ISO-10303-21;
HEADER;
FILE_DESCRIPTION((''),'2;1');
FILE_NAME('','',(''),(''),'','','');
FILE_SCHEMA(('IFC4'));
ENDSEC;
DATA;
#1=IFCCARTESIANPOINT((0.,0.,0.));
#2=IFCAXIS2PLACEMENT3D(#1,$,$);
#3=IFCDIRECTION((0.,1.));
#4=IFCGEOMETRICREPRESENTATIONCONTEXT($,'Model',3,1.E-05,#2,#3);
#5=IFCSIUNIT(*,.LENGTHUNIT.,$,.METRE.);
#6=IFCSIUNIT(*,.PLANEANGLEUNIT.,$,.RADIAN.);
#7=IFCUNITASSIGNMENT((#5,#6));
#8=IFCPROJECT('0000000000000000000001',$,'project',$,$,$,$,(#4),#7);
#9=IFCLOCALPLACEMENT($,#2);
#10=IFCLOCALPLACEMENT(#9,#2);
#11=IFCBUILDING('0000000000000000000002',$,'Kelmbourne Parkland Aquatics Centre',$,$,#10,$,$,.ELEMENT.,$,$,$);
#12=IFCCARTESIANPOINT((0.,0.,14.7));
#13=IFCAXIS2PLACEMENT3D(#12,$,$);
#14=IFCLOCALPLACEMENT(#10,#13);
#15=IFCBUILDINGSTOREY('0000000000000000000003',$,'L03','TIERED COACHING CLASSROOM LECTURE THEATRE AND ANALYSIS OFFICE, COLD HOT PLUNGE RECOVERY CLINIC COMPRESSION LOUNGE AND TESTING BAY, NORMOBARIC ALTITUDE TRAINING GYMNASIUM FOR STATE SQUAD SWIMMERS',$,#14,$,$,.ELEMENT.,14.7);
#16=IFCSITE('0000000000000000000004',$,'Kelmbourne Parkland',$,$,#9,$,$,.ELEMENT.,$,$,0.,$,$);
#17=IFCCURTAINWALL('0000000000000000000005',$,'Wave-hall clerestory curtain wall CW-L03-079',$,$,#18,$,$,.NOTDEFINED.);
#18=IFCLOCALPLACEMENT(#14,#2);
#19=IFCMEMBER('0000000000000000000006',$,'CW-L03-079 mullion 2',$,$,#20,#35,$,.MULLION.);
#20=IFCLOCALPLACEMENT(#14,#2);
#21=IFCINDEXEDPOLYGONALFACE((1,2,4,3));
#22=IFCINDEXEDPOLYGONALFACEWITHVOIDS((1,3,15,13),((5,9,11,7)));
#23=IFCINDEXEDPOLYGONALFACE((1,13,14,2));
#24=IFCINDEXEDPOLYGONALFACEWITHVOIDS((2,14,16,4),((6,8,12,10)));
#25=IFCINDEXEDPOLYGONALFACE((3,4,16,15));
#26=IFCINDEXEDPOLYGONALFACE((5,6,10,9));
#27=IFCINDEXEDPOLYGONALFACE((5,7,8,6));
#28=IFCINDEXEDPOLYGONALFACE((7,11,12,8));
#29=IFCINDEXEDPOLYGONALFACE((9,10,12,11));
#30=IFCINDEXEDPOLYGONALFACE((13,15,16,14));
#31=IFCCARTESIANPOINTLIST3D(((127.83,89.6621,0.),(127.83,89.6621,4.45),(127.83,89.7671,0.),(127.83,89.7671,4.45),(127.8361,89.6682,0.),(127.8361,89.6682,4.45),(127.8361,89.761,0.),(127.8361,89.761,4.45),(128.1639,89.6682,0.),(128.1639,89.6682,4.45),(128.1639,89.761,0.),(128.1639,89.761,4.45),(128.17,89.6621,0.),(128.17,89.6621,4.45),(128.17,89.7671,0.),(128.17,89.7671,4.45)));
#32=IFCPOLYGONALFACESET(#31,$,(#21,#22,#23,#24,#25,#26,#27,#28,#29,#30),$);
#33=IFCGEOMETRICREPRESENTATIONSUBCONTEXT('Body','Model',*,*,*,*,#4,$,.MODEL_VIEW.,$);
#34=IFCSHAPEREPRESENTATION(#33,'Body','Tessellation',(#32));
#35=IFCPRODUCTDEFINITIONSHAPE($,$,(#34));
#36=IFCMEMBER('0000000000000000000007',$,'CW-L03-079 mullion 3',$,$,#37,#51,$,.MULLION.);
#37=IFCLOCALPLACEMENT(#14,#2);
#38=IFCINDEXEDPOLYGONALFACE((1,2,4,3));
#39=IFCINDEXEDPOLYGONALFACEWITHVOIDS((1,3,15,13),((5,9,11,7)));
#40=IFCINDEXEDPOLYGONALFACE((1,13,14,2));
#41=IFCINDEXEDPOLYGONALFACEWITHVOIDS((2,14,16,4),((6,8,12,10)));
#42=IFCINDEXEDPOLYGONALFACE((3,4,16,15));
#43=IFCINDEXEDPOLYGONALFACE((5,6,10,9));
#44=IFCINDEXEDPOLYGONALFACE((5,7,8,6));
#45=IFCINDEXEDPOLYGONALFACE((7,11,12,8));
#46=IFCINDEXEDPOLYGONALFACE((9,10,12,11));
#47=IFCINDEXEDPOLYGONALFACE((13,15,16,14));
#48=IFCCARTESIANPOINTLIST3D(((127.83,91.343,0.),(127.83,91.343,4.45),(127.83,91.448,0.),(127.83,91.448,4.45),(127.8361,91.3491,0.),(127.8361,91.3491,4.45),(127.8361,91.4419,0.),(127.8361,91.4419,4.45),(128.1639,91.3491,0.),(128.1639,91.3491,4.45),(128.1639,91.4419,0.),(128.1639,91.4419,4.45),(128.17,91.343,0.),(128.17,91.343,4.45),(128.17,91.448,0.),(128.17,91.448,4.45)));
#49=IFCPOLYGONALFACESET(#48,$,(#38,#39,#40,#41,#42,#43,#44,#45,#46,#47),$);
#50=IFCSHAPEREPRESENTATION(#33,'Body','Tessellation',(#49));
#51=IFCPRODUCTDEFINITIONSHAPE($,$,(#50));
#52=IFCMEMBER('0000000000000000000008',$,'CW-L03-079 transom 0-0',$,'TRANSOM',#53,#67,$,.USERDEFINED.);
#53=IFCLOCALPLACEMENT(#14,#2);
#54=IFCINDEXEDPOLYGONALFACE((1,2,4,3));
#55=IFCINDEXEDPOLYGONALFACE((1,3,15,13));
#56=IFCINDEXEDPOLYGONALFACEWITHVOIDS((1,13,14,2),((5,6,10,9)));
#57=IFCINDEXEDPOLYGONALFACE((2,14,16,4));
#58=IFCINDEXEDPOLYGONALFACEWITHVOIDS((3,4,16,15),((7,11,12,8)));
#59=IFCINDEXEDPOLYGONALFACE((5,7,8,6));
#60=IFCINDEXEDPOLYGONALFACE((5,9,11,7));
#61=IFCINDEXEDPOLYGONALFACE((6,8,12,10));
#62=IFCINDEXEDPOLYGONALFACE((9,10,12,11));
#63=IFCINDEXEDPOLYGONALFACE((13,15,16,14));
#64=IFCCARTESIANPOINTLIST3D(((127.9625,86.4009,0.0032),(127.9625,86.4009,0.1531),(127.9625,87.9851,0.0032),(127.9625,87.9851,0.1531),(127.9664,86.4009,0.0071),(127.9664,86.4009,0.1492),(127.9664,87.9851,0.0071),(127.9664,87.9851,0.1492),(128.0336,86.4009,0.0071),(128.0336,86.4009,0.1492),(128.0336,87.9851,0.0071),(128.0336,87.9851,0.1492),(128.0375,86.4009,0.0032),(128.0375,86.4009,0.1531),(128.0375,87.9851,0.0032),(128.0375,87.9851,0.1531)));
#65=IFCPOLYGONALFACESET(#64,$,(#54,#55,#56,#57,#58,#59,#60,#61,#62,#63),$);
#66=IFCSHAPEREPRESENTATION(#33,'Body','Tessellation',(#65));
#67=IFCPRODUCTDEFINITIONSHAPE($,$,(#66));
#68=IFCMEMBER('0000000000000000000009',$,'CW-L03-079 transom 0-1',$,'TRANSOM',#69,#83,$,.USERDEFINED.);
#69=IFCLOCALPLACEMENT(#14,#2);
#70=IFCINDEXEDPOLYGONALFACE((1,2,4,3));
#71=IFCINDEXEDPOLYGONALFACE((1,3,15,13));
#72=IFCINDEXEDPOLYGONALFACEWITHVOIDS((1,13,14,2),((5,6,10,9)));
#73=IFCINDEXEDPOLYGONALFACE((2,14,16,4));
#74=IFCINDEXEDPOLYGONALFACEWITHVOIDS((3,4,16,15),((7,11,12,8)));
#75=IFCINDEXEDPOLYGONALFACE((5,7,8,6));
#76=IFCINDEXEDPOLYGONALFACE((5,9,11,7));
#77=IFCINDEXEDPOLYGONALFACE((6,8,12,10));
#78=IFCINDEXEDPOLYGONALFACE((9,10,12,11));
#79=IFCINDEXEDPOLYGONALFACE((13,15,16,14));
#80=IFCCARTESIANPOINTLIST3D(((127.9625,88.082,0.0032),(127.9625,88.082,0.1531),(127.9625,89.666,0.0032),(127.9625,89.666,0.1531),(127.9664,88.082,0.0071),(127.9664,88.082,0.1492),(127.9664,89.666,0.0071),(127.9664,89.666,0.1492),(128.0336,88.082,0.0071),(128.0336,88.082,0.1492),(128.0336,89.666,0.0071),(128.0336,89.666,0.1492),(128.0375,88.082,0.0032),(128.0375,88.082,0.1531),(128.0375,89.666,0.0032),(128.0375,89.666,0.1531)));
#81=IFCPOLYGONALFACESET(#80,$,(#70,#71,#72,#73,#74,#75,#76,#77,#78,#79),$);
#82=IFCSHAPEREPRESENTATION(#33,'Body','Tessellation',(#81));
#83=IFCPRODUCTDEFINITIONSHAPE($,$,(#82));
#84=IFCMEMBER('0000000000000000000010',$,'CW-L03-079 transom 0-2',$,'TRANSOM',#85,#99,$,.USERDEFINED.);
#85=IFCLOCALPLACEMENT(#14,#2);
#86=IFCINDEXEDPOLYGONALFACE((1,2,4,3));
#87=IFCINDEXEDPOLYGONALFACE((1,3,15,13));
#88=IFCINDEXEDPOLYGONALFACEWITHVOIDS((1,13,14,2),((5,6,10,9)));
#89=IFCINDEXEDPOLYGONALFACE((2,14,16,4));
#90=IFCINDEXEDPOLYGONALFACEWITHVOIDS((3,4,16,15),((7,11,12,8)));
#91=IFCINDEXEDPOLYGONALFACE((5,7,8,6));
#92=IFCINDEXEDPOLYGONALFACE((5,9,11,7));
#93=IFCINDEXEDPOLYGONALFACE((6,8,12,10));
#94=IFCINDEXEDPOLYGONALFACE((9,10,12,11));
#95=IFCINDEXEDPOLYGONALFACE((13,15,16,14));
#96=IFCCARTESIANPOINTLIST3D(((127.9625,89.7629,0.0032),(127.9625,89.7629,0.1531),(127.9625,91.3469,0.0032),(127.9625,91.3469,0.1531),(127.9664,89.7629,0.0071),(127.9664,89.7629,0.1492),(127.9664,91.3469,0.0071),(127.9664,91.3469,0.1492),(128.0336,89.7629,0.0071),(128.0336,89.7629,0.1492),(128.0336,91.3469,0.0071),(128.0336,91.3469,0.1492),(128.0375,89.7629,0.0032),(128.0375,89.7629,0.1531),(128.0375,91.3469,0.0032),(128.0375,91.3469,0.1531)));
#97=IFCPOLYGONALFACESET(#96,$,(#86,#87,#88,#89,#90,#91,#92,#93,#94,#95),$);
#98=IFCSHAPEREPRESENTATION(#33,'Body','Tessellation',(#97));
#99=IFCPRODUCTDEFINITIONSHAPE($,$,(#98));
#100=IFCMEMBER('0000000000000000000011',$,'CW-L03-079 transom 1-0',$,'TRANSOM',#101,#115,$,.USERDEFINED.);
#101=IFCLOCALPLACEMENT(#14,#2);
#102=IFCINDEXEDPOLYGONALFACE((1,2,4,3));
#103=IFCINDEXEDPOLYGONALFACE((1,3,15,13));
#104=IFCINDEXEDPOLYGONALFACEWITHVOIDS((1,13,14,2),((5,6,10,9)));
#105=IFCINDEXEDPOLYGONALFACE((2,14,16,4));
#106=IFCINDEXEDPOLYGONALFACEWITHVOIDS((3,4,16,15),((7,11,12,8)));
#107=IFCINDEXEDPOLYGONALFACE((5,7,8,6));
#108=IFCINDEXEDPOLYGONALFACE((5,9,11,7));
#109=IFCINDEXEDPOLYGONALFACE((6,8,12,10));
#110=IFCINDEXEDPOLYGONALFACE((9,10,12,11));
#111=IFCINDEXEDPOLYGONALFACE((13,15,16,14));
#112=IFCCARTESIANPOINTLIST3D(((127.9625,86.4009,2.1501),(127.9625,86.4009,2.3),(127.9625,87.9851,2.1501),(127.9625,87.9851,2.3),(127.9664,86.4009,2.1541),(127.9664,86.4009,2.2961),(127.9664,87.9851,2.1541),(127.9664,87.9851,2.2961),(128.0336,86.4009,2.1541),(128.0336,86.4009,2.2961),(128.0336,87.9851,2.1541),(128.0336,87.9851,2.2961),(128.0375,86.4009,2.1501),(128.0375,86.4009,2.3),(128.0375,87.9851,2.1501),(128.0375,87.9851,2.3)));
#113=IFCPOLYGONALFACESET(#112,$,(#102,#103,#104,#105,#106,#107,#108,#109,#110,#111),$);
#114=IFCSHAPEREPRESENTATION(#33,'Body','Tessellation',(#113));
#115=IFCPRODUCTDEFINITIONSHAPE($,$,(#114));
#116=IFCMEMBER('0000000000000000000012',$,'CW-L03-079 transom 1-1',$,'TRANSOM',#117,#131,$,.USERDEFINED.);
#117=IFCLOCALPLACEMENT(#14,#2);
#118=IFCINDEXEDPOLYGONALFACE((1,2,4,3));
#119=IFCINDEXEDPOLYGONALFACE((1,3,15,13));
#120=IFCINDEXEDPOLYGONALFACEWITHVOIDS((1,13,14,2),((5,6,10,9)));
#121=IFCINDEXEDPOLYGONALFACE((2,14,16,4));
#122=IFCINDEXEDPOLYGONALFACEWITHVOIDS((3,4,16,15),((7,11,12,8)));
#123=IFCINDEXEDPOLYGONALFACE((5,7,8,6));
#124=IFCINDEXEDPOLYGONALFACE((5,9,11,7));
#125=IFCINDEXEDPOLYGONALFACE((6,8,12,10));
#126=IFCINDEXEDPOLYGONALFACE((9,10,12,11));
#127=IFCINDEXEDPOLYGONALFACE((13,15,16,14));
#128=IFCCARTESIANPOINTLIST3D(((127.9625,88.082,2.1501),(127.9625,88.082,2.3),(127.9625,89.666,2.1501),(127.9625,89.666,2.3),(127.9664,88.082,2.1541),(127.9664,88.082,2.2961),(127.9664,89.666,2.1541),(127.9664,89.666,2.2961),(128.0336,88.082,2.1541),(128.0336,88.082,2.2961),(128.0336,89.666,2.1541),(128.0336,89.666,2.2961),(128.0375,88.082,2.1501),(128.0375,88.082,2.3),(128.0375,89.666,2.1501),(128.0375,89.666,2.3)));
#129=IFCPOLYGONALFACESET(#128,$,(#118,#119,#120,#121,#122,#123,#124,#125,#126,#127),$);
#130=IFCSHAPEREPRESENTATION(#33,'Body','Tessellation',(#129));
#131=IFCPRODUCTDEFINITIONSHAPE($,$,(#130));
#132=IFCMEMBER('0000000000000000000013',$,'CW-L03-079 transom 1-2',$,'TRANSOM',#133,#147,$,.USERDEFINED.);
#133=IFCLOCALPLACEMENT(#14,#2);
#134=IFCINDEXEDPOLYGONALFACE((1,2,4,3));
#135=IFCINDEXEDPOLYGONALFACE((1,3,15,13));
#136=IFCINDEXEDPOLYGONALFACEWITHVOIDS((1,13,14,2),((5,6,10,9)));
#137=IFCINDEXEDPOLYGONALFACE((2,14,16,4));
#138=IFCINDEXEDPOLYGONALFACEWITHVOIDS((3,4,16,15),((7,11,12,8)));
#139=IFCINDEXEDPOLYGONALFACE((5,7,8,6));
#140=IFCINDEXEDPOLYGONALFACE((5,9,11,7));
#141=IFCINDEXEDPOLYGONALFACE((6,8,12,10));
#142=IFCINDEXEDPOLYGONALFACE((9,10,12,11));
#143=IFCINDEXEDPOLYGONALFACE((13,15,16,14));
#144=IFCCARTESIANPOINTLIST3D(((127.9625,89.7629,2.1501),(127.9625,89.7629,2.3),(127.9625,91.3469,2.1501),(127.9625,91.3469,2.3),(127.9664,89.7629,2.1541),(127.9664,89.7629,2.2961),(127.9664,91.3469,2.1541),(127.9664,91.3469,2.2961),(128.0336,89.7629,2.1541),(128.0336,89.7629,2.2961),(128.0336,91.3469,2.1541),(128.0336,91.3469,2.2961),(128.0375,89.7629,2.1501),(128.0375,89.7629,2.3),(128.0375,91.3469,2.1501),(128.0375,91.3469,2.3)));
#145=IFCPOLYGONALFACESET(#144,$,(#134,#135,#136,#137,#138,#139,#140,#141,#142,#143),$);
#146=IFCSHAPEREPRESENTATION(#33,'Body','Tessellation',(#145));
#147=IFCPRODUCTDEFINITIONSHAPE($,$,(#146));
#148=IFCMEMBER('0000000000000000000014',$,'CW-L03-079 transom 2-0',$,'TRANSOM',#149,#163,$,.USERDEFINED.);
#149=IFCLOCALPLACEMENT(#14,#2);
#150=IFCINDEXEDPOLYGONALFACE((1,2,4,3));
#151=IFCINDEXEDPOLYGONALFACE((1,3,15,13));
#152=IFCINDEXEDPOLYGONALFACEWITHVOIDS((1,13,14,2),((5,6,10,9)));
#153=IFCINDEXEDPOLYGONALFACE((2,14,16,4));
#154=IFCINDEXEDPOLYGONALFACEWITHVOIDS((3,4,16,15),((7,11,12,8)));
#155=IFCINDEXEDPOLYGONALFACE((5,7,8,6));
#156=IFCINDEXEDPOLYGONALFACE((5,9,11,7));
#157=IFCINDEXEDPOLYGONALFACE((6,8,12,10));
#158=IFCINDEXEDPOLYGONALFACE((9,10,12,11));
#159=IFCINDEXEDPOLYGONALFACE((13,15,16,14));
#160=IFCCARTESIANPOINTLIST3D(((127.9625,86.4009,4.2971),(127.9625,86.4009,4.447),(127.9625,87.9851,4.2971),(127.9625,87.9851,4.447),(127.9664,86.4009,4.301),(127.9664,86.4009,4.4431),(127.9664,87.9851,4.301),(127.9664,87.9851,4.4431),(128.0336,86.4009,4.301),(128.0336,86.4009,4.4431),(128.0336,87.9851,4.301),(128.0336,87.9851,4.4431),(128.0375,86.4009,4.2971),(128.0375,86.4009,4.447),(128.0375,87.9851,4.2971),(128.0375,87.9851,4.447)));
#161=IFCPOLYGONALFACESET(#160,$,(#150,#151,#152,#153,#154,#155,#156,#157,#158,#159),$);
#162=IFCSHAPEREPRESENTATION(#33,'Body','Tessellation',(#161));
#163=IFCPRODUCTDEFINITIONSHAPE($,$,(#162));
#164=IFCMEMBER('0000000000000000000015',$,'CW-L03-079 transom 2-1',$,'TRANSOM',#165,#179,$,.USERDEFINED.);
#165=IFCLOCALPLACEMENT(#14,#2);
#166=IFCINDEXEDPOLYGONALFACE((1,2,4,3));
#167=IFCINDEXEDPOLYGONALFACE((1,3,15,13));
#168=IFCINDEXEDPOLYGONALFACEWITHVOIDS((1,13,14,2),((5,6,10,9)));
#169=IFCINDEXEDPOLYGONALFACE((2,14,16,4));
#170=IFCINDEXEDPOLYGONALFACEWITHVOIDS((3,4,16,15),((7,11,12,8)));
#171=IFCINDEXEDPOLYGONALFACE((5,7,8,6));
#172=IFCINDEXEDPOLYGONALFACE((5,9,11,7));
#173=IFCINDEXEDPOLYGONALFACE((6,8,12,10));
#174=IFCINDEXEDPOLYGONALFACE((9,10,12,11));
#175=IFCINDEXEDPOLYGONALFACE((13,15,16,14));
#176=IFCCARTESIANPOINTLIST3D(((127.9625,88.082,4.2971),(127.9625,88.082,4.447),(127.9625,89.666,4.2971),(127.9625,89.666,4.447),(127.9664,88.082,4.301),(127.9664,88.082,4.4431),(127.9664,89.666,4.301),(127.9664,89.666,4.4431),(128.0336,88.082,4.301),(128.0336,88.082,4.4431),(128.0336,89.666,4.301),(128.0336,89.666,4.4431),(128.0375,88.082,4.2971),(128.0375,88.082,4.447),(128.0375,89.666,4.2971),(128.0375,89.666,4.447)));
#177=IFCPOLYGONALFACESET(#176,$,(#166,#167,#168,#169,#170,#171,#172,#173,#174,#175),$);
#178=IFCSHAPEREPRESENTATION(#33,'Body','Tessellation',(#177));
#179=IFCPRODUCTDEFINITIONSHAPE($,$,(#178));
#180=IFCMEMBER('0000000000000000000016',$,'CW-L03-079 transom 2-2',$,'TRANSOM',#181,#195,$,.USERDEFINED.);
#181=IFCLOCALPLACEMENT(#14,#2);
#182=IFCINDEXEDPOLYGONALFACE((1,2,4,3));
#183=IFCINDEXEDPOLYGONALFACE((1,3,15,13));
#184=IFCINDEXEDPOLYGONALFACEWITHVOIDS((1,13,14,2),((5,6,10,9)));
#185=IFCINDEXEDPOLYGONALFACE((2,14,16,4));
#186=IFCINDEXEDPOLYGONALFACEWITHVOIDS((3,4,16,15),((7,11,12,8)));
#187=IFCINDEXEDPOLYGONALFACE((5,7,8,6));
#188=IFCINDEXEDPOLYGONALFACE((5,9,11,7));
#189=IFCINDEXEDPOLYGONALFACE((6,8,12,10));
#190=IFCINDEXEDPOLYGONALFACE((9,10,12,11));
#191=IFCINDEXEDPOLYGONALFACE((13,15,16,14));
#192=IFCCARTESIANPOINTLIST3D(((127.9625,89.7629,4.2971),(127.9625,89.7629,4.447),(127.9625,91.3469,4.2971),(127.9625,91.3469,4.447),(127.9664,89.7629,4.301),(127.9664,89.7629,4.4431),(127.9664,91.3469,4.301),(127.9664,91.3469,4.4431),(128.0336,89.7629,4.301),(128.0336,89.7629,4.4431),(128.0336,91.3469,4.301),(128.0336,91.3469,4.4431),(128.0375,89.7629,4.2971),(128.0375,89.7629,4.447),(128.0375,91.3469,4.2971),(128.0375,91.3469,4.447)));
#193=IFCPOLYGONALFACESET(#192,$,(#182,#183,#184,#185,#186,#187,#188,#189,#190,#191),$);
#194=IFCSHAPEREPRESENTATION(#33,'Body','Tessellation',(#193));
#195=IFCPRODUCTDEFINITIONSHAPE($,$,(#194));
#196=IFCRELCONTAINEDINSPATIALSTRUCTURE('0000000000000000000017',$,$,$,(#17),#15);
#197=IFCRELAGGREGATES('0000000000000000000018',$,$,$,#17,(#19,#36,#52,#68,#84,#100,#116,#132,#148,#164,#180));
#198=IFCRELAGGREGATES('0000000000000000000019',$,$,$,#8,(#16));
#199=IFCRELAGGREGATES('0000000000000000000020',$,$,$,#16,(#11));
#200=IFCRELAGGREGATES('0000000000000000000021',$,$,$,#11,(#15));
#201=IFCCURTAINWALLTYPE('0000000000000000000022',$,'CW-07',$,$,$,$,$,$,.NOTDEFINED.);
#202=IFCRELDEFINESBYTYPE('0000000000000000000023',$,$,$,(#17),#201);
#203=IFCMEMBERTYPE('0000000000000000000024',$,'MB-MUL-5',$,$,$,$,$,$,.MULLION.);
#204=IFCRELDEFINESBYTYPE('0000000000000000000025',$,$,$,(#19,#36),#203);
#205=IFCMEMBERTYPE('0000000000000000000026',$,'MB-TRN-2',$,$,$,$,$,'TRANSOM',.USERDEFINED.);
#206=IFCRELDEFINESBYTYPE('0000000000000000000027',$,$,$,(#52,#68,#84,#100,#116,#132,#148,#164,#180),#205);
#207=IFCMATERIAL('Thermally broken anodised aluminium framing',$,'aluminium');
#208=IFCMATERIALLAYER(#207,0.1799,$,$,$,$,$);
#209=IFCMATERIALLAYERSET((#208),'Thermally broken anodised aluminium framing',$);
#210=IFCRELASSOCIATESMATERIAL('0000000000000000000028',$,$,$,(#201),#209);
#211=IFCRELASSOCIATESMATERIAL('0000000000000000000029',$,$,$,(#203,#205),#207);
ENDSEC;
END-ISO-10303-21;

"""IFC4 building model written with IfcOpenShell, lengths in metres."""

from ifc_helpers import new_model, si_unit, direction, frame, origin, origin_2d, place, context, subcontext, project, spatial, hollow_rectangle, extrude, material, layer, layer_set, material_profile, profile_set, type_object, element, aggregate, save


model = new_model("IFC4")

# Units and contexts
model_context = context("Model", 3, precision=1e-05, world=origin(), true_north=direction((0.0, 1.0)))
body_context = subcontext(model_context, "Body", "Model", "MODEL_VIEW")
ifc_project = project(units=[si_unit("LENGTHUNIT", "METRE"), si_unit("PLANEANGLEUNIT", "RADIAN")], contexts=[model_context])

# Site, building, storey
site_placement = place(None, origin())
site = spatial("IfcSite", under=ifc_project, at=site_placement, Name="Kelmbourne Parkland", CompositionType="ELEMENT", RefElevation=0.0)
building_placement = place(site_placement, origin())
building = spatial("IfcBuilding", under=site, at=building_placement, Name="Kelmbourne Parkland Aquatics Centre", CompositionType="ELEMENT")
storey_placement = place(building_placement, frame((0.0, 0.0, 14.7)))
storey = spatial("IfcBuildingStorey", under=building, at=storey_placement, Name="L03", Description="TIERED COACHING CLASSROOM LECTURE THEATRE AND ANALYSIS OFFICE, COLD HOT PLUNGE RECOVERY CLINIC COMPRESSION LOUNGE AND TESTING BAY, NORMOBARIC ALTITUDE TRAINING GYMNASIUM FOR STATE SQUAD SWIMMERS", CompositionType="ELEMENT", Elevation=14.7)

# Shared definitions
ifc_material_1 = material(Name="Thermally broken anodised aluminium framing", Category="aluminium")

# Curtain wall, members
ifc_layer_1 = layer(ifc_material_1, 0.1799)
ifc_layer_set_1 = layer_set([ifc_layer_1], Name="Thermally broken anodised aluminium framing")
curtain_wall_type_1 = type_object("IfcCurtainWallType", Name="CW-07", PredefinedType="NOTDEFINED", material=ifc_layer_set_1)
curtain_wall_1_placement = place(storey_placement, origin())
curtain_wall_1 = element("IfcCurtainWall", 1, at=curtain_wall_1_placement, inside=storey, type_object=curtain_wall_type_1, Name="Wave-hall clerestory curtain wall CW-L03-079", PredefinedType="NOTDEFINED")
ifc_material_profile_1 = material_profile(ifc_material_1, hollow_rectangle(XDim=0.105, YDim=0.3401, WallThickness=0.0061, at=origin_2d()), Name="CW-M 105x340")
ifc_profile_set_1 = profile_set([ifc_material_profile_1], Name="Thermally broken anodised aluminium framing")
member_type_1 = type_object("IfcMemberType", Name="MB-MUL-5", PredefinedType="MULLION", material=ifc_profile_set_1)
member_1_placement = place(storey_placement, frame((128.0, 89.7146, 0.0), z_axis=(0.0, 0.0, 1.0), x_axis=(0.0, 1.0, 0.0)))
member_1 = element("IfcMember", 2, at=member_1_placement, type_object=member_type_1, Name="CW-L03-079 mullion 2", PredefinedType="MULLION", context=body_context, shape_type="SweptSolid", body=[
    extrude(hollow_rectangle(XDim=0.105, YDim=0.3401, WallThickness=0.0061, at=origin_2d()), origin(), (0.0, 0.0, 1.0), 4.45),
])
member_2_placement = place(storey_placement, frame((128.0, 91.3955, 0.0), z_axis=(0.0, 0.0, 1.0), x_axis=(0.0, 1.0, 0.0)))
member_2 = element("IfcMember", 3, at=member_2_placement, type_object=member_type_1, Name="CW-L03-079 mullion 3", PredefinedType="MULLION", context=body_context, shape_type="SweptSolid", body=[
    extrude(hollow_rectangle(XDim=0.105, YDim=0.3401, WallThickness=0.0061, at=origin_2d()), origin(), (0.0, 0.0, 1.0), 4.45),
])
ifc_material_profile_2 = material_profile(ifc_material_1, hollow_rectangle(XDim=0.075, YDim=0.1499, WallThickness=0.0039, at=origin_2d()), Name="CW-T 75x150")
ifc_profile_set_2 = profile_set([ifc_material_profile_2], Name="Thermally broken anodised aluminium framing")
member_type_2 = type_object("IfcMemberType", Name="MB-TRN-2", ElementType="TRANSOM", PredefinedType="USERDEFINED", material=ifc_profile_set_2)
member_3_placement = place(storey_placement, frame((128.0, 86.4009, 0.0781), z_axis=(0.0, 1.0, 0.0), x_axis=(-1.0, 0.0, 0.0)))
member_3 = element("IfcMember", 4, at=member_3_placement, type_object=member_type_2, Name="CW-L03-079 transom 0-0", ObjectType="TRANSOM", PredefinedType="USERDEFINED", context=body_context, shape_type="SweptSolid", body=[
    extrude(hollow_rectangle(XDim=0.075, YDim=0.1499, WallThickness=0.0039, at=origin_2d()), origin(), (0.0, 0.0, 1.0), 1.5842),
])
member_4_placement = place(storey_placement, frame((128.0, 88.082, 0.0781), z_axis=(0.0, 1.0, 0.0), x_axis=(-1.0, 0.0, 0.0)))
member_4 = element("IfcMember", 5, at=member_4_placement, type_object=member_type_2, Name="CW-L03-079 transom 0-1", ObjectType="TRANSOM", PredefinedType="USERDEFINED", context=body_context, shape_type="SweptSolid", body=[
    extrude(hollow_rectangle(XDim=0.075, YDim=0.1499, WallThickness=0.0039, at=origin_2d()), origin(), (0.0, 0.0, 1.0), 1.584),
])
member_5_placement = place(storey_placement, frame((128.0, 89.7629, 0.0781), z_axis=(0.0, 1.0, 0.0), x_axis=(-1.0, 0.0, 0.0)))
member_5 = element("IfcMember", 6, at=member_5_placement, type_object=member_type_2, Name="CW-L03-079 transom 0-2", ObjectType="TRANSOM", PredefinedType="USERDEFINED", context=body_context, shape_type="SweptSolid", body=[
    extrude(hollow_rectangle(XDim=0.075, YDim=0.1499, WallThickness=0.0039, at=origin_2d()), origin(), (0.0, 0.0, 1.0), 1.584),
])
member_6_placement = place(storey_placement, frame((128.0, 86.4009, 2.2251), z_axis=(0.0, 1.0, 0.0), x_axis=(-1.0, 0.0, 0.0)))
member_6 = element("IfcMember", 7, at=member_6_placement, type_object=member_type_2, Name="CW-L03-079 transom 1-0", ObjectType="TRANSOM", PredefinedType="USERDEFINED", context=body_context, shape_type="SweptSolid", body=[
    extrude(hollow_rectangle(XDim=0.075, YDim=0.1499, WallThickness=0.0039, at=origin_2d()), origin(), (0.0, 0.0, 1.0), 1.5842),
])
member_7_placement = place(storey_placement, frame((128.0, 88.082, 2.2251), z_axis=(0.0, 1.0, 0.0), x_axis=(-1.0, 0.0, 0.0)))
member_7 = element("IfcMember", 8, at=member_7_placement, type_object=member_type_2, Name="CW-L03-079 transom 1-1", ObjectType="TRANSOM", PredefinedType="USERDEFINED", context=body_context, shape_type="SweptSolid", body=[
    extrude(hollow_rectangle(XDim=0.075, YDim=0.1499, WallThickness=0.0039, at=origin_2d()), origin(), (0.0, 0.0, 1.0), 1.584),
])
member_8_placement = place(storey_placement, frame((128.0, 89.7629, 2.2251), z_axis=(0.0, 1.0, 0.0), x_axis=(-1.0, 0.0, 0.0)))
member_8 = element("IfcMember", 9, at=member_8_placement, type_object=member_type_2, Name="CW-L03-079 transom 1-2", ObjectType="TRANSOM", PredefinedType="USERDEFINED", context=body_context, shape_type="SweptSolid", body=[
    extrude(hollow_rectangle(XDim=0.075, YDim=0.1499, WallThickness=0.0039, at=origin_2d()), origin(), (0.0, 0.0, 1.0), 1.584),
])
member_9_placement = place(storey_placement, frame((128.0, 86.4009, 4.3721), z_axis=(0.0, 1.0, 0.0), x_axis=(-1.0, 0.0, 0.0)))
member_9 = element("IfcMember", 10, at=member_9_placement, type_object=member_type_2, Name="CW-L03-079 transom 2-0", ObjectType="TRANSOM", PredefinedType="USERDEFINED", context=body_context, shape_type="SweptSolid", body=[
    extrude(hollow_rectangle(XDim=0.075, YDim=0.1499, WallThickness=0.0039, at=origin_2d()), origin(), (0.0, 0.0, 1.0), 1.5842),
])
member_10_placement = place(storey_placement, frame((128.0, 88.082, 4.3721), z_axis=(0.0, 1.0, 0.0), x_axis=(-1.0, 0.0, 0.0)))
member_10 = element("IfcMember", 11, at=member_10_placement, type_object=member_type_2, Name="CW-L03-079 transom 2-1", ObjectType="TRANSOM", PredefinedType="USERDEFINED", context=body_context, shape_type="SweptSolid", body=[
    extrude(hollow_rectangle(XDim=0.075, YDim=0.1499, WallThickness=0.0039, at=origin_2d()), origin(), (0.0, 0.0, 1.0), 1.584),
])
member_11_placement = place(storey_placement, frame((128.0, 89.7629, 4.3721), z_axis=(0.0, 1.0, 0.0), x_axis=(-1.0, 0.0, 0.0)))
member_11 = element("IfcMember", 12, at=member_11_placement, type_object=member_type_2, Name="CW-L03-079 transom 2-2", ObjectType="TRANSOM", PredefinedType="USERDEFINED", context=body_context, shape_type="SweptSolid", body=[
    extrude(hollow_rectangle(XDim=0.075, YDim=0.1499, WallThickness=0.0039, at=origin_2d()), origin(), (0.0, 0.0, 1.0), 1.584),
])

aggregate(curtain_wall_1, [member_1, member_2, member_3, member_4, member_5, member_6, member_7, member_8, member_9, member_10, member_11])

save(model, "model.ifc")
